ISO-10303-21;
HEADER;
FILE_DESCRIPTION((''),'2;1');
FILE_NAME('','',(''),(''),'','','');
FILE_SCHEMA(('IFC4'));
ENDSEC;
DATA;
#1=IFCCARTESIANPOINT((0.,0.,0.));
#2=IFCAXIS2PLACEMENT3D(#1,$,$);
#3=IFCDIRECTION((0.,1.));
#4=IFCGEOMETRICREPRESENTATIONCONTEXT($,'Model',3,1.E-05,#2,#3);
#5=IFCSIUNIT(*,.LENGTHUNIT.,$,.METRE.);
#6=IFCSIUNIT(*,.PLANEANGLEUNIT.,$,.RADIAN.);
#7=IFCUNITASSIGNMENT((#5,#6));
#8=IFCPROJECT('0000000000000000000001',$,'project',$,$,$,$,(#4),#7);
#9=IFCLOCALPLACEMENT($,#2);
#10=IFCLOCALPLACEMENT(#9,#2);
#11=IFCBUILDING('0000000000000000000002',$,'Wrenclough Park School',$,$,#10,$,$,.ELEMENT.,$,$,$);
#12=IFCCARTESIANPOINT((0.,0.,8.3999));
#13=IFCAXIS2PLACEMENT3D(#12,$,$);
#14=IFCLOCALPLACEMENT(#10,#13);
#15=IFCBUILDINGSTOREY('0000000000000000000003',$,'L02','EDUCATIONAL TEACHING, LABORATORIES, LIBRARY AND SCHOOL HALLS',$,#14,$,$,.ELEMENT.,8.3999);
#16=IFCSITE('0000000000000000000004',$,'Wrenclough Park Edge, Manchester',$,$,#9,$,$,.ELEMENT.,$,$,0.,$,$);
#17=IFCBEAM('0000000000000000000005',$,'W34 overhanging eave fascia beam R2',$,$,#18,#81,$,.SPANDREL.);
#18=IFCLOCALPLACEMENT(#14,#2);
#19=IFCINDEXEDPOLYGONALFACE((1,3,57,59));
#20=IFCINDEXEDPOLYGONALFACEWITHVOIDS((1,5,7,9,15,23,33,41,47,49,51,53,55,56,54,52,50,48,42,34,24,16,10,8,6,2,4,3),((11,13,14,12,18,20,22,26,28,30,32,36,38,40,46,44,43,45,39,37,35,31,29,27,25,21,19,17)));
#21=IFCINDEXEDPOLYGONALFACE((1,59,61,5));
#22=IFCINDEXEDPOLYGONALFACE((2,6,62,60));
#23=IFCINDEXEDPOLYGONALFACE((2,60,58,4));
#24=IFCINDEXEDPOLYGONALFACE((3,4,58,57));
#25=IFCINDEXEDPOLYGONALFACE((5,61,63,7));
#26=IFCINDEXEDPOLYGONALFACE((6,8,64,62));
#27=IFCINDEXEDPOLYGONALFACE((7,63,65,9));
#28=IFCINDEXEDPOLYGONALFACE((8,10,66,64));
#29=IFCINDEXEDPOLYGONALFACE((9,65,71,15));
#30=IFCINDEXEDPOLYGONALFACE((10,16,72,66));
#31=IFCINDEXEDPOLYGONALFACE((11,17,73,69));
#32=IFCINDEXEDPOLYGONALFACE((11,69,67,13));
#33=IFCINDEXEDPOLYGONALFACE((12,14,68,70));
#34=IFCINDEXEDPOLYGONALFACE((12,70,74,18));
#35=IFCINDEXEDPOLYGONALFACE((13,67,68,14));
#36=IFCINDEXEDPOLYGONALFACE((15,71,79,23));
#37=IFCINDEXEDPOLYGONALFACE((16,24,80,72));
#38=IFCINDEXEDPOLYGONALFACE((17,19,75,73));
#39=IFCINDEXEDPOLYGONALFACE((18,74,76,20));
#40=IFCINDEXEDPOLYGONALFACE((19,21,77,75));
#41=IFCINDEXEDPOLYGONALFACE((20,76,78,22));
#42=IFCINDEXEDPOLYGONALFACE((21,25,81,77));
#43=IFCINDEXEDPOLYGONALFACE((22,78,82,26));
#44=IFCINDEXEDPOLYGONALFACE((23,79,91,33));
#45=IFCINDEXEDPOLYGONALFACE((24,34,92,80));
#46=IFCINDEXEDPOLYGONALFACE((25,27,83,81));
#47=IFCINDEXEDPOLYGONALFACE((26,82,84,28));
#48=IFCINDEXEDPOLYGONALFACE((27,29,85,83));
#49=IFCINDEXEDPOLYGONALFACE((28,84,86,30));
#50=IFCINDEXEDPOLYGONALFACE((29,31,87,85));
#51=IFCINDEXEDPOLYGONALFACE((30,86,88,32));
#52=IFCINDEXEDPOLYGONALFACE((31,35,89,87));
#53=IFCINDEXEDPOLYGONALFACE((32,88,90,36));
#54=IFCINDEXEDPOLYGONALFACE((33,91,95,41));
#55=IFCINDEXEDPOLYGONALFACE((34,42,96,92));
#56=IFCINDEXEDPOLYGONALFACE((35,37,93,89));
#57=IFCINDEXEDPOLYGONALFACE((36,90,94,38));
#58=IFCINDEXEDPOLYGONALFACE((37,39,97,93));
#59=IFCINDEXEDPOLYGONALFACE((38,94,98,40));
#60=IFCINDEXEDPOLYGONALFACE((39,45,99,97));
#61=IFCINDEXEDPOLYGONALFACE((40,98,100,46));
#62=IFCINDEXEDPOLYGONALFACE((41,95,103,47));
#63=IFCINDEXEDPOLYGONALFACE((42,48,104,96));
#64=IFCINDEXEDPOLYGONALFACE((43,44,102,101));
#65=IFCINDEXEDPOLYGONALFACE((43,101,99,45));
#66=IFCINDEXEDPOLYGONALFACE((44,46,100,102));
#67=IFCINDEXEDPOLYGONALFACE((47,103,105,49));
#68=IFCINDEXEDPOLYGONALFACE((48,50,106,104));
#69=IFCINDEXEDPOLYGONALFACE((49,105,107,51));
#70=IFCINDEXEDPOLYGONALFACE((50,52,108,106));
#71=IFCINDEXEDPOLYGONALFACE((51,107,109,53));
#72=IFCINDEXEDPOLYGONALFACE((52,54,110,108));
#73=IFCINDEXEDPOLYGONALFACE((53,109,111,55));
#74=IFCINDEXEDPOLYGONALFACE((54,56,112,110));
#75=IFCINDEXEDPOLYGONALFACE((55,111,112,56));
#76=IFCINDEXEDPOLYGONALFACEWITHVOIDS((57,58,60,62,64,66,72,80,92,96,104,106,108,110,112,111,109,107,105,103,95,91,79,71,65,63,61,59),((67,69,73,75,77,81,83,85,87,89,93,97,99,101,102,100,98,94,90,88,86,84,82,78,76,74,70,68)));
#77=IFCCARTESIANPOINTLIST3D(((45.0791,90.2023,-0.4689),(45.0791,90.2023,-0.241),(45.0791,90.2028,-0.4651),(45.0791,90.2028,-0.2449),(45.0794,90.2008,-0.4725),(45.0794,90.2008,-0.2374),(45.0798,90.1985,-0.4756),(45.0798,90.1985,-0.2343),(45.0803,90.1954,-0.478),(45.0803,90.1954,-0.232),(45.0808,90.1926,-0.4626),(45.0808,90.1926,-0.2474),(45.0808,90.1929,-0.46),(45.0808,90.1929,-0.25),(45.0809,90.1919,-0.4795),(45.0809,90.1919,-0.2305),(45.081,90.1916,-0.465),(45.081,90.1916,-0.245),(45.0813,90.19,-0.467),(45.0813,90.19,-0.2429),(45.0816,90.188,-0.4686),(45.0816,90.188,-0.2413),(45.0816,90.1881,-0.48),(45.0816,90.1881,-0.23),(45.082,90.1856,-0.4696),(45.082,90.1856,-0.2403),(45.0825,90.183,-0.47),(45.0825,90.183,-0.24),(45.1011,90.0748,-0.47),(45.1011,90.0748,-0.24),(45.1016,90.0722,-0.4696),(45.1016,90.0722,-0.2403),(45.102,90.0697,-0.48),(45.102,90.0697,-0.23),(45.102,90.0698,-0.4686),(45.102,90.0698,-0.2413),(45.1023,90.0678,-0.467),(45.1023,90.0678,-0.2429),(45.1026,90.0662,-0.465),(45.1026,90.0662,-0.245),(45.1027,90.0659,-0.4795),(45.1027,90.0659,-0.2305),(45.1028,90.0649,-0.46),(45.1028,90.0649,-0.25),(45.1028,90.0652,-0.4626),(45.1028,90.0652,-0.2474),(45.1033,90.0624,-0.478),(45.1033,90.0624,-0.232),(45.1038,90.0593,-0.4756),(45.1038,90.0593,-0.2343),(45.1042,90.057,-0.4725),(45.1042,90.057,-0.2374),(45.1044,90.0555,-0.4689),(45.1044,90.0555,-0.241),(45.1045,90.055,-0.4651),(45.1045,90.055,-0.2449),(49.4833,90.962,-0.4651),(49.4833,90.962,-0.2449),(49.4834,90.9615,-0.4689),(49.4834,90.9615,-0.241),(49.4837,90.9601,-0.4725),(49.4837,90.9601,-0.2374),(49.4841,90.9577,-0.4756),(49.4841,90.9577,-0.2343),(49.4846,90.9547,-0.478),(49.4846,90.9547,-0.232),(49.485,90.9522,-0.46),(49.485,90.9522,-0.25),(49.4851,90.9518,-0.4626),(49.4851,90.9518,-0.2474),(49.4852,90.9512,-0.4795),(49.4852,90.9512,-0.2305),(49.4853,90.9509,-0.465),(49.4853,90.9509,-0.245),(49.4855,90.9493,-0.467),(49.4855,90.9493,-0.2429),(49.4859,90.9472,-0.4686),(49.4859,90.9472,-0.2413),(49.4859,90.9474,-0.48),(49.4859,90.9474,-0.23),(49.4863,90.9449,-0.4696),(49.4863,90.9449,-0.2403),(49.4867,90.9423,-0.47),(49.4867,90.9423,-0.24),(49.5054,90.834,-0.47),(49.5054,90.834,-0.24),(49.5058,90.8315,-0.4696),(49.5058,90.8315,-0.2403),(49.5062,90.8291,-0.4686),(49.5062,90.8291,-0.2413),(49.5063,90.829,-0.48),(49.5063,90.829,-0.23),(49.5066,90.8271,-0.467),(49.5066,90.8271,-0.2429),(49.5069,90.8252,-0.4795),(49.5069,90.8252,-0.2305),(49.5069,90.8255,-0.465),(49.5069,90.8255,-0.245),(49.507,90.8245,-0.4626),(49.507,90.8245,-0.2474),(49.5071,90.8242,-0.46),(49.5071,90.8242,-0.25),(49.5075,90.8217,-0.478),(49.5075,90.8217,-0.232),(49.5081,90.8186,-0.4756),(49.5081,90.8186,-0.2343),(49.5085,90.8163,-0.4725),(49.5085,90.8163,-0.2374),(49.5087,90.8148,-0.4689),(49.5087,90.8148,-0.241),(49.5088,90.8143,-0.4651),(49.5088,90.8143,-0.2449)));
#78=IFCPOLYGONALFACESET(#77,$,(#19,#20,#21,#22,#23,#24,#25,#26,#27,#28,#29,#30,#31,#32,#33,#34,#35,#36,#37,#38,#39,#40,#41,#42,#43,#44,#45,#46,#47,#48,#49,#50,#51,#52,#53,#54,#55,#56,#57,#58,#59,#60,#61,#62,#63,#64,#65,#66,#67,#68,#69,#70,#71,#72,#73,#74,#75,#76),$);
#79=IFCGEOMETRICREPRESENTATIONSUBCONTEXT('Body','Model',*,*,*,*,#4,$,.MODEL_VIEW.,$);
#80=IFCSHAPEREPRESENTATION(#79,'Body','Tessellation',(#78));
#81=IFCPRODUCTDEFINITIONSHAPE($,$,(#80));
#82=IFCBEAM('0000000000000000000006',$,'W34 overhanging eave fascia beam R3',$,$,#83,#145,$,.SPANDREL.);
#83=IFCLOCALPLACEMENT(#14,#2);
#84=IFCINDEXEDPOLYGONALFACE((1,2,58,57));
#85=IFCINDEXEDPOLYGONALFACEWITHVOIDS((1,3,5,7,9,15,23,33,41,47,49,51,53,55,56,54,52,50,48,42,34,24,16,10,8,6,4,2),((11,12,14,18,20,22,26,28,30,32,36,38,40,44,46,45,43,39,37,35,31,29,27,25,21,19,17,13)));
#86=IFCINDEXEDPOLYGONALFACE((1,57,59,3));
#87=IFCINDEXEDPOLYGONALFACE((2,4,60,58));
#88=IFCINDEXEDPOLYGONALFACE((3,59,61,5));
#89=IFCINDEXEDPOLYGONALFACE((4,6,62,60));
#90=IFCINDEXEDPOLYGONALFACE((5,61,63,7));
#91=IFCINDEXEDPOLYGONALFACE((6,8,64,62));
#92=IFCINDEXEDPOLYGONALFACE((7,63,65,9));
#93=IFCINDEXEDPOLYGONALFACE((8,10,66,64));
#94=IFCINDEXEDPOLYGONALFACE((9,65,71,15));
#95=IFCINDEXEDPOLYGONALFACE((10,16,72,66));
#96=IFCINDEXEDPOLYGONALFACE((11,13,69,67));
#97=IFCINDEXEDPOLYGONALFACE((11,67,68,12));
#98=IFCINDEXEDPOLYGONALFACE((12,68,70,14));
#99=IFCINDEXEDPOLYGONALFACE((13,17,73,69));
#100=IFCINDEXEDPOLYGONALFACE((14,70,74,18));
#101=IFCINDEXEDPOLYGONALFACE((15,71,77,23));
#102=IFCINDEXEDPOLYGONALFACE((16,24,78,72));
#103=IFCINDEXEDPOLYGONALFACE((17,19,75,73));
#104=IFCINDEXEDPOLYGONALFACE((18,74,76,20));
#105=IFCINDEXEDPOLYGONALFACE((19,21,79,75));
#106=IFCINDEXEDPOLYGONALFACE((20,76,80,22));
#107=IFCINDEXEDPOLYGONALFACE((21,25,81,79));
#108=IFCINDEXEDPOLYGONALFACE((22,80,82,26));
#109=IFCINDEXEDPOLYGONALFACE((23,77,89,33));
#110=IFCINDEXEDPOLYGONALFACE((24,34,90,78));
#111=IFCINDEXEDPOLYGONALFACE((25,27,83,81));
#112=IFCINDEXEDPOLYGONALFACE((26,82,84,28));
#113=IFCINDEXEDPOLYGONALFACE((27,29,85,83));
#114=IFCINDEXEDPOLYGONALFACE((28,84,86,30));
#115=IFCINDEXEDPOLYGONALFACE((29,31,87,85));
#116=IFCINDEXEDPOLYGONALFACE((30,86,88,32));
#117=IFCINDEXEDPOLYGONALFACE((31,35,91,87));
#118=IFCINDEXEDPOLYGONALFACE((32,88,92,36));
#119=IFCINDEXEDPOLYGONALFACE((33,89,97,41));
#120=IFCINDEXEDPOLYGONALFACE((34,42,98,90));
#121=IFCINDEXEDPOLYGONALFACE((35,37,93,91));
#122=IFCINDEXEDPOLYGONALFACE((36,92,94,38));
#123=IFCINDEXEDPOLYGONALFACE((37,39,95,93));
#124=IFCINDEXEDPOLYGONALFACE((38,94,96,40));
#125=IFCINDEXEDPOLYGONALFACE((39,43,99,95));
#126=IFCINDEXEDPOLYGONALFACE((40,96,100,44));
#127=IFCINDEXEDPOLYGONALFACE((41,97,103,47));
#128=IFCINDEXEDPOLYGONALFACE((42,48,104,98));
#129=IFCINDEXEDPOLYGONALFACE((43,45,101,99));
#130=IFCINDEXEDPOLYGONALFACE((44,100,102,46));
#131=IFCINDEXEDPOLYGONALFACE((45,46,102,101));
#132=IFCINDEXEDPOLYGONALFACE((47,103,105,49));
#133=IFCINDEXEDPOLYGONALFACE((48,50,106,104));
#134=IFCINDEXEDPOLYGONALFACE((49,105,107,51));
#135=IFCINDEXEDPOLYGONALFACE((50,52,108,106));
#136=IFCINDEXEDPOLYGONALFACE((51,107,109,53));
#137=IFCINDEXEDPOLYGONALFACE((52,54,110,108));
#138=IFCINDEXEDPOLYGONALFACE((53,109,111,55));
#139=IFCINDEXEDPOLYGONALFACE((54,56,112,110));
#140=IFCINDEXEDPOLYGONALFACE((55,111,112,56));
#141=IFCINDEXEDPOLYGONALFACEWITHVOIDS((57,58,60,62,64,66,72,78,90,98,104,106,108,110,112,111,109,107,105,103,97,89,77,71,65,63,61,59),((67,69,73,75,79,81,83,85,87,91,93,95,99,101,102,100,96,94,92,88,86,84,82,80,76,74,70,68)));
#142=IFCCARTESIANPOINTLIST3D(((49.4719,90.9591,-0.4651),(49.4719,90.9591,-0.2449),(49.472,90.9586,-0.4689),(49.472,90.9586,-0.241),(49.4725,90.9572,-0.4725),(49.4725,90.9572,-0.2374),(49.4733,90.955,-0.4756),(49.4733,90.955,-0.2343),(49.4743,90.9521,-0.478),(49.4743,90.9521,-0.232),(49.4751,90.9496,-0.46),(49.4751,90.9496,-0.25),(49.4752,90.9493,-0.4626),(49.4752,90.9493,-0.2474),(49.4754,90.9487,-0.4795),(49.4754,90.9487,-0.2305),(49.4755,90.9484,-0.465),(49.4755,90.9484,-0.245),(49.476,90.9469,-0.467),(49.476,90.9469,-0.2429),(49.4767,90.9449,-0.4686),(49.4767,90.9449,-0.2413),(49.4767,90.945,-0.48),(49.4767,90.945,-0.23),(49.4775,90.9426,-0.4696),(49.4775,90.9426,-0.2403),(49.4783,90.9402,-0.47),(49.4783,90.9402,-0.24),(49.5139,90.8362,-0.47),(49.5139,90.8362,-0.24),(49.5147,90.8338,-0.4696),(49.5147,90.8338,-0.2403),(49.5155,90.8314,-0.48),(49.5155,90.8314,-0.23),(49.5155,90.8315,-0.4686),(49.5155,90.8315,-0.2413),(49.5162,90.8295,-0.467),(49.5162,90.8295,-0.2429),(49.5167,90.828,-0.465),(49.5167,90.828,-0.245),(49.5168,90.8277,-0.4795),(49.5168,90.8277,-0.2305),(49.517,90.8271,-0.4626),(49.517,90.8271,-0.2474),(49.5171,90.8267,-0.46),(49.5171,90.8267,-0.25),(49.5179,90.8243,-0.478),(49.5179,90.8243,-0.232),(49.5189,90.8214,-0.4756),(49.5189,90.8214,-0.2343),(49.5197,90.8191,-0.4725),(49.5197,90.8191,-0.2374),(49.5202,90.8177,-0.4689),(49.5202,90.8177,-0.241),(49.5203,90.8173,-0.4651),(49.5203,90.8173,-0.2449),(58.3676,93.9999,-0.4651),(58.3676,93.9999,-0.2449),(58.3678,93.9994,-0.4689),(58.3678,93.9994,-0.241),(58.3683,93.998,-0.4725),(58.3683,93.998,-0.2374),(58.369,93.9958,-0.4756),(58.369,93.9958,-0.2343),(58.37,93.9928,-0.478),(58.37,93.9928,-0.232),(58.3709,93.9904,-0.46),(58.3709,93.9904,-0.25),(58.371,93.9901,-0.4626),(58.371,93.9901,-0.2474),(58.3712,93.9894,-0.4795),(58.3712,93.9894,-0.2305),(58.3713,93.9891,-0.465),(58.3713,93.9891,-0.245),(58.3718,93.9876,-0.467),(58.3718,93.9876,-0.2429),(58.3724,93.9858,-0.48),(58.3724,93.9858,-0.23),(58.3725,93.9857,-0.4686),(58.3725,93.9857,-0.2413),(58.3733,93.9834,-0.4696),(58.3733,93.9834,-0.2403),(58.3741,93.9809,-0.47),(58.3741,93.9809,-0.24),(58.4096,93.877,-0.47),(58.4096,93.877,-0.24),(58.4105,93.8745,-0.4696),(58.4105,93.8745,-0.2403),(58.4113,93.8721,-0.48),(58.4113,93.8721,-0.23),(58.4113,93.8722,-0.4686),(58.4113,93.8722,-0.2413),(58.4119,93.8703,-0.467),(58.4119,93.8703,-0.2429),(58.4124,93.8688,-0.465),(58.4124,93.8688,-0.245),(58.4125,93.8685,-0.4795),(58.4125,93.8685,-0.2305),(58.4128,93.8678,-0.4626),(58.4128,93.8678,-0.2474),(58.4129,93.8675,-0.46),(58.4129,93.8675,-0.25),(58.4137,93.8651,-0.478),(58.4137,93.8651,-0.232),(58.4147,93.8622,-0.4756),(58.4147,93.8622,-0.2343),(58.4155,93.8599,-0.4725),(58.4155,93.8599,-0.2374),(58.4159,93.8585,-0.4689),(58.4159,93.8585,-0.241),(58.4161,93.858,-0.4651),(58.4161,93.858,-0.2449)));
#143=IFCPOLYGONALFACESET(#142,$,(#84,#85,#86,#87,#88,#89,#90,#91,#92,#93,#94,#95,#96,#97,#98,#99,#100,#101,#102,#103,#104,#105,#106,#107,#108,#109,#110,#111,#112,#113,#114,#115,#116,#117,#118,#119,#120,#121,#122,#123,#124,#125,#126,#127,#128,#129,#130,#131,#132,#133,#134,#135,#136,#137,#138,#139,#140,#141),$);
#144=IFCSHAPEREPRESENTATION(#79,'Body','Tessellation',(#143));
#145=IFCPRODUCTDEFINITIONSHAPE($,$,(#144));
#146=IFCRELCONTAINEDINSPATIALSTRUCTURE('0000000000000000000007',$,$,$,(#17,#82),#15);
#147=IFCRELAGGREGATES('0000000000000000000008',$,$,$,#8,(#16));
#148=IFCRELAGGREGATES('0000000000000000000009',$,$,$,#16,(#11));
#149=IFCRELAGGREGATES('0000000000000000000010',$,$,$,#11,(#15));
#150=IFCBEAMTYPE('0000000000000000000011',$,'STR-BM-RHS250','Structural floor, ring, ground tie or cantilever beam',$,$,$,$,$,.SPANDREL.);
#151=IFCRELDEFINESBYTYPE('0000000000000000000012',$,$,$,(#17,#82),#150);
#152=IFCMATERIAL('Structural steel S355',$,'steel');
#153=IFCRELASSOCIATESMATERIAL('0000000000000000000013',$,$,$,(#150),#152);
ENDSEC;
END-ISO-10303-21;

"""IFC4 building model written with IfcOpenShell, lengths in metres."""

from ifc_helpers import new_model, si_unit, direction, frame, origin, origin_2d, place, context, subcontext, project, spatial, hollow_rectangle, extrude, material, material_profile, profile_set, type_object, element, save


model = new_model("IFC4")

# Units and contexts
model_context = context("Model", 3, precision=1e-05, world=origin(), true_north=direction((0.0, 1.0)))
body_context = subcontext(model_context, "Body", "Model", "MODEL_VIEW")
ifc_project = project(units=[si_unit("LENGTHUNIT", "METRE"), si_unit("PLANEANGLEUNIT", "RADIAN")], contexts=[model_context])

# Site, building, storey
site_placement = place(None, origin())
site = spatial("IfcSite", under=ifc_project, at=site_placement, Name="Wrenclough Park Edge, Manchester", CompositionType="ELEMENT", RefElevation=0.0)
building_placement = place(site_placement, origin())
building = spatial("IfcBuilding", under=site, at=building_placement, Name="Wrenclough Park School", CompositionType="ELEMENT")
storey_placement = place(building_placement, frame((0.0, 0.0, 8.3999)))
storey = spatial("IfcBuildingStorey", under=building, at=storey_placement, Name="L02", Description="EDUCATIONAL TEACHING, LABORATORIES, LIBRARY AND SCHOOL HALLS", CompositionType="ELEMENT", Elevation=8.3999)

# Shared definitions
ifc_material_1 = material(Name="Structural steel S355", Category="steel")

# Beams
ifc_material_profile_1 = material_profile(ifc_material_1, hollow_rectangle(XDim=0.1499, YDim=0.25, WallThickness=0.01, InnerFilletRadius=0.01, OuterFilletRadius=0.0149, at=origin_2d()), Name="RHS 250x150x10.0")
ifc_profile_set_1 = profile_set([ifc_material_profile_1], Name="Structural steel S355")
beam_type_1 = type_object("IfcBeamType", Name="STR-BM-RHS250", Description="Structural floor, ring, ground tie or cantilever beam", PredefinedType="SPANDREL", material=ifc_profile_set_1)
beam_1_placement = place(storey_placement, frame((45.0918, 90.1289, -0.355), z_axis=(0.985463, 0.169889, 0.0), x_axis=(-0.169889, 0.985463, 0.0)))
element("IfcBeam", 1, at=beam_1_placement, inside=storey, type_object=beam_type_1, Name="W34 overhanging eave fascia beam R2", PredefinedType="SPANDREL", context=body_context, shape_type="SweptSolid", body=[
    extrude(hollow_rectangle(XDim=0.1499, YDim=0.25, WallThickness=0.01, InnerFilletRadius=0.01, OuterFilletRadius=0.0149, at=origin_2d()), origin(), (0.0, 0.0, 1.0), 4.4692),
])
beam_2_placement = place(storey_placement, frame((49.4961, 90.8882, -0.355), z_axis=(0.946246, 0.323448, 0.0), x_axis=(-0.323448, 0.946246, 0.0)))
element("IfcBeam", 2, at=beam_2_placement, inside=storey, type_object=beam_type_1, Name="W34 overhanging eave fascia beam R3", PredefinedType="SPANDREL", context=body_context, shape_type="SweptSolid", body=[
    extrude(hollow_rectangle(XDim=0.1499, YDim=0.25, WallThickness=0.01, InnerFilletRadius=0.01, OuterFilletRadius=0.0149, at=origin_2d()), origin(), (0.0, 0.0, 1.0), 9.4011),
])

save(model, "model.ifc")
